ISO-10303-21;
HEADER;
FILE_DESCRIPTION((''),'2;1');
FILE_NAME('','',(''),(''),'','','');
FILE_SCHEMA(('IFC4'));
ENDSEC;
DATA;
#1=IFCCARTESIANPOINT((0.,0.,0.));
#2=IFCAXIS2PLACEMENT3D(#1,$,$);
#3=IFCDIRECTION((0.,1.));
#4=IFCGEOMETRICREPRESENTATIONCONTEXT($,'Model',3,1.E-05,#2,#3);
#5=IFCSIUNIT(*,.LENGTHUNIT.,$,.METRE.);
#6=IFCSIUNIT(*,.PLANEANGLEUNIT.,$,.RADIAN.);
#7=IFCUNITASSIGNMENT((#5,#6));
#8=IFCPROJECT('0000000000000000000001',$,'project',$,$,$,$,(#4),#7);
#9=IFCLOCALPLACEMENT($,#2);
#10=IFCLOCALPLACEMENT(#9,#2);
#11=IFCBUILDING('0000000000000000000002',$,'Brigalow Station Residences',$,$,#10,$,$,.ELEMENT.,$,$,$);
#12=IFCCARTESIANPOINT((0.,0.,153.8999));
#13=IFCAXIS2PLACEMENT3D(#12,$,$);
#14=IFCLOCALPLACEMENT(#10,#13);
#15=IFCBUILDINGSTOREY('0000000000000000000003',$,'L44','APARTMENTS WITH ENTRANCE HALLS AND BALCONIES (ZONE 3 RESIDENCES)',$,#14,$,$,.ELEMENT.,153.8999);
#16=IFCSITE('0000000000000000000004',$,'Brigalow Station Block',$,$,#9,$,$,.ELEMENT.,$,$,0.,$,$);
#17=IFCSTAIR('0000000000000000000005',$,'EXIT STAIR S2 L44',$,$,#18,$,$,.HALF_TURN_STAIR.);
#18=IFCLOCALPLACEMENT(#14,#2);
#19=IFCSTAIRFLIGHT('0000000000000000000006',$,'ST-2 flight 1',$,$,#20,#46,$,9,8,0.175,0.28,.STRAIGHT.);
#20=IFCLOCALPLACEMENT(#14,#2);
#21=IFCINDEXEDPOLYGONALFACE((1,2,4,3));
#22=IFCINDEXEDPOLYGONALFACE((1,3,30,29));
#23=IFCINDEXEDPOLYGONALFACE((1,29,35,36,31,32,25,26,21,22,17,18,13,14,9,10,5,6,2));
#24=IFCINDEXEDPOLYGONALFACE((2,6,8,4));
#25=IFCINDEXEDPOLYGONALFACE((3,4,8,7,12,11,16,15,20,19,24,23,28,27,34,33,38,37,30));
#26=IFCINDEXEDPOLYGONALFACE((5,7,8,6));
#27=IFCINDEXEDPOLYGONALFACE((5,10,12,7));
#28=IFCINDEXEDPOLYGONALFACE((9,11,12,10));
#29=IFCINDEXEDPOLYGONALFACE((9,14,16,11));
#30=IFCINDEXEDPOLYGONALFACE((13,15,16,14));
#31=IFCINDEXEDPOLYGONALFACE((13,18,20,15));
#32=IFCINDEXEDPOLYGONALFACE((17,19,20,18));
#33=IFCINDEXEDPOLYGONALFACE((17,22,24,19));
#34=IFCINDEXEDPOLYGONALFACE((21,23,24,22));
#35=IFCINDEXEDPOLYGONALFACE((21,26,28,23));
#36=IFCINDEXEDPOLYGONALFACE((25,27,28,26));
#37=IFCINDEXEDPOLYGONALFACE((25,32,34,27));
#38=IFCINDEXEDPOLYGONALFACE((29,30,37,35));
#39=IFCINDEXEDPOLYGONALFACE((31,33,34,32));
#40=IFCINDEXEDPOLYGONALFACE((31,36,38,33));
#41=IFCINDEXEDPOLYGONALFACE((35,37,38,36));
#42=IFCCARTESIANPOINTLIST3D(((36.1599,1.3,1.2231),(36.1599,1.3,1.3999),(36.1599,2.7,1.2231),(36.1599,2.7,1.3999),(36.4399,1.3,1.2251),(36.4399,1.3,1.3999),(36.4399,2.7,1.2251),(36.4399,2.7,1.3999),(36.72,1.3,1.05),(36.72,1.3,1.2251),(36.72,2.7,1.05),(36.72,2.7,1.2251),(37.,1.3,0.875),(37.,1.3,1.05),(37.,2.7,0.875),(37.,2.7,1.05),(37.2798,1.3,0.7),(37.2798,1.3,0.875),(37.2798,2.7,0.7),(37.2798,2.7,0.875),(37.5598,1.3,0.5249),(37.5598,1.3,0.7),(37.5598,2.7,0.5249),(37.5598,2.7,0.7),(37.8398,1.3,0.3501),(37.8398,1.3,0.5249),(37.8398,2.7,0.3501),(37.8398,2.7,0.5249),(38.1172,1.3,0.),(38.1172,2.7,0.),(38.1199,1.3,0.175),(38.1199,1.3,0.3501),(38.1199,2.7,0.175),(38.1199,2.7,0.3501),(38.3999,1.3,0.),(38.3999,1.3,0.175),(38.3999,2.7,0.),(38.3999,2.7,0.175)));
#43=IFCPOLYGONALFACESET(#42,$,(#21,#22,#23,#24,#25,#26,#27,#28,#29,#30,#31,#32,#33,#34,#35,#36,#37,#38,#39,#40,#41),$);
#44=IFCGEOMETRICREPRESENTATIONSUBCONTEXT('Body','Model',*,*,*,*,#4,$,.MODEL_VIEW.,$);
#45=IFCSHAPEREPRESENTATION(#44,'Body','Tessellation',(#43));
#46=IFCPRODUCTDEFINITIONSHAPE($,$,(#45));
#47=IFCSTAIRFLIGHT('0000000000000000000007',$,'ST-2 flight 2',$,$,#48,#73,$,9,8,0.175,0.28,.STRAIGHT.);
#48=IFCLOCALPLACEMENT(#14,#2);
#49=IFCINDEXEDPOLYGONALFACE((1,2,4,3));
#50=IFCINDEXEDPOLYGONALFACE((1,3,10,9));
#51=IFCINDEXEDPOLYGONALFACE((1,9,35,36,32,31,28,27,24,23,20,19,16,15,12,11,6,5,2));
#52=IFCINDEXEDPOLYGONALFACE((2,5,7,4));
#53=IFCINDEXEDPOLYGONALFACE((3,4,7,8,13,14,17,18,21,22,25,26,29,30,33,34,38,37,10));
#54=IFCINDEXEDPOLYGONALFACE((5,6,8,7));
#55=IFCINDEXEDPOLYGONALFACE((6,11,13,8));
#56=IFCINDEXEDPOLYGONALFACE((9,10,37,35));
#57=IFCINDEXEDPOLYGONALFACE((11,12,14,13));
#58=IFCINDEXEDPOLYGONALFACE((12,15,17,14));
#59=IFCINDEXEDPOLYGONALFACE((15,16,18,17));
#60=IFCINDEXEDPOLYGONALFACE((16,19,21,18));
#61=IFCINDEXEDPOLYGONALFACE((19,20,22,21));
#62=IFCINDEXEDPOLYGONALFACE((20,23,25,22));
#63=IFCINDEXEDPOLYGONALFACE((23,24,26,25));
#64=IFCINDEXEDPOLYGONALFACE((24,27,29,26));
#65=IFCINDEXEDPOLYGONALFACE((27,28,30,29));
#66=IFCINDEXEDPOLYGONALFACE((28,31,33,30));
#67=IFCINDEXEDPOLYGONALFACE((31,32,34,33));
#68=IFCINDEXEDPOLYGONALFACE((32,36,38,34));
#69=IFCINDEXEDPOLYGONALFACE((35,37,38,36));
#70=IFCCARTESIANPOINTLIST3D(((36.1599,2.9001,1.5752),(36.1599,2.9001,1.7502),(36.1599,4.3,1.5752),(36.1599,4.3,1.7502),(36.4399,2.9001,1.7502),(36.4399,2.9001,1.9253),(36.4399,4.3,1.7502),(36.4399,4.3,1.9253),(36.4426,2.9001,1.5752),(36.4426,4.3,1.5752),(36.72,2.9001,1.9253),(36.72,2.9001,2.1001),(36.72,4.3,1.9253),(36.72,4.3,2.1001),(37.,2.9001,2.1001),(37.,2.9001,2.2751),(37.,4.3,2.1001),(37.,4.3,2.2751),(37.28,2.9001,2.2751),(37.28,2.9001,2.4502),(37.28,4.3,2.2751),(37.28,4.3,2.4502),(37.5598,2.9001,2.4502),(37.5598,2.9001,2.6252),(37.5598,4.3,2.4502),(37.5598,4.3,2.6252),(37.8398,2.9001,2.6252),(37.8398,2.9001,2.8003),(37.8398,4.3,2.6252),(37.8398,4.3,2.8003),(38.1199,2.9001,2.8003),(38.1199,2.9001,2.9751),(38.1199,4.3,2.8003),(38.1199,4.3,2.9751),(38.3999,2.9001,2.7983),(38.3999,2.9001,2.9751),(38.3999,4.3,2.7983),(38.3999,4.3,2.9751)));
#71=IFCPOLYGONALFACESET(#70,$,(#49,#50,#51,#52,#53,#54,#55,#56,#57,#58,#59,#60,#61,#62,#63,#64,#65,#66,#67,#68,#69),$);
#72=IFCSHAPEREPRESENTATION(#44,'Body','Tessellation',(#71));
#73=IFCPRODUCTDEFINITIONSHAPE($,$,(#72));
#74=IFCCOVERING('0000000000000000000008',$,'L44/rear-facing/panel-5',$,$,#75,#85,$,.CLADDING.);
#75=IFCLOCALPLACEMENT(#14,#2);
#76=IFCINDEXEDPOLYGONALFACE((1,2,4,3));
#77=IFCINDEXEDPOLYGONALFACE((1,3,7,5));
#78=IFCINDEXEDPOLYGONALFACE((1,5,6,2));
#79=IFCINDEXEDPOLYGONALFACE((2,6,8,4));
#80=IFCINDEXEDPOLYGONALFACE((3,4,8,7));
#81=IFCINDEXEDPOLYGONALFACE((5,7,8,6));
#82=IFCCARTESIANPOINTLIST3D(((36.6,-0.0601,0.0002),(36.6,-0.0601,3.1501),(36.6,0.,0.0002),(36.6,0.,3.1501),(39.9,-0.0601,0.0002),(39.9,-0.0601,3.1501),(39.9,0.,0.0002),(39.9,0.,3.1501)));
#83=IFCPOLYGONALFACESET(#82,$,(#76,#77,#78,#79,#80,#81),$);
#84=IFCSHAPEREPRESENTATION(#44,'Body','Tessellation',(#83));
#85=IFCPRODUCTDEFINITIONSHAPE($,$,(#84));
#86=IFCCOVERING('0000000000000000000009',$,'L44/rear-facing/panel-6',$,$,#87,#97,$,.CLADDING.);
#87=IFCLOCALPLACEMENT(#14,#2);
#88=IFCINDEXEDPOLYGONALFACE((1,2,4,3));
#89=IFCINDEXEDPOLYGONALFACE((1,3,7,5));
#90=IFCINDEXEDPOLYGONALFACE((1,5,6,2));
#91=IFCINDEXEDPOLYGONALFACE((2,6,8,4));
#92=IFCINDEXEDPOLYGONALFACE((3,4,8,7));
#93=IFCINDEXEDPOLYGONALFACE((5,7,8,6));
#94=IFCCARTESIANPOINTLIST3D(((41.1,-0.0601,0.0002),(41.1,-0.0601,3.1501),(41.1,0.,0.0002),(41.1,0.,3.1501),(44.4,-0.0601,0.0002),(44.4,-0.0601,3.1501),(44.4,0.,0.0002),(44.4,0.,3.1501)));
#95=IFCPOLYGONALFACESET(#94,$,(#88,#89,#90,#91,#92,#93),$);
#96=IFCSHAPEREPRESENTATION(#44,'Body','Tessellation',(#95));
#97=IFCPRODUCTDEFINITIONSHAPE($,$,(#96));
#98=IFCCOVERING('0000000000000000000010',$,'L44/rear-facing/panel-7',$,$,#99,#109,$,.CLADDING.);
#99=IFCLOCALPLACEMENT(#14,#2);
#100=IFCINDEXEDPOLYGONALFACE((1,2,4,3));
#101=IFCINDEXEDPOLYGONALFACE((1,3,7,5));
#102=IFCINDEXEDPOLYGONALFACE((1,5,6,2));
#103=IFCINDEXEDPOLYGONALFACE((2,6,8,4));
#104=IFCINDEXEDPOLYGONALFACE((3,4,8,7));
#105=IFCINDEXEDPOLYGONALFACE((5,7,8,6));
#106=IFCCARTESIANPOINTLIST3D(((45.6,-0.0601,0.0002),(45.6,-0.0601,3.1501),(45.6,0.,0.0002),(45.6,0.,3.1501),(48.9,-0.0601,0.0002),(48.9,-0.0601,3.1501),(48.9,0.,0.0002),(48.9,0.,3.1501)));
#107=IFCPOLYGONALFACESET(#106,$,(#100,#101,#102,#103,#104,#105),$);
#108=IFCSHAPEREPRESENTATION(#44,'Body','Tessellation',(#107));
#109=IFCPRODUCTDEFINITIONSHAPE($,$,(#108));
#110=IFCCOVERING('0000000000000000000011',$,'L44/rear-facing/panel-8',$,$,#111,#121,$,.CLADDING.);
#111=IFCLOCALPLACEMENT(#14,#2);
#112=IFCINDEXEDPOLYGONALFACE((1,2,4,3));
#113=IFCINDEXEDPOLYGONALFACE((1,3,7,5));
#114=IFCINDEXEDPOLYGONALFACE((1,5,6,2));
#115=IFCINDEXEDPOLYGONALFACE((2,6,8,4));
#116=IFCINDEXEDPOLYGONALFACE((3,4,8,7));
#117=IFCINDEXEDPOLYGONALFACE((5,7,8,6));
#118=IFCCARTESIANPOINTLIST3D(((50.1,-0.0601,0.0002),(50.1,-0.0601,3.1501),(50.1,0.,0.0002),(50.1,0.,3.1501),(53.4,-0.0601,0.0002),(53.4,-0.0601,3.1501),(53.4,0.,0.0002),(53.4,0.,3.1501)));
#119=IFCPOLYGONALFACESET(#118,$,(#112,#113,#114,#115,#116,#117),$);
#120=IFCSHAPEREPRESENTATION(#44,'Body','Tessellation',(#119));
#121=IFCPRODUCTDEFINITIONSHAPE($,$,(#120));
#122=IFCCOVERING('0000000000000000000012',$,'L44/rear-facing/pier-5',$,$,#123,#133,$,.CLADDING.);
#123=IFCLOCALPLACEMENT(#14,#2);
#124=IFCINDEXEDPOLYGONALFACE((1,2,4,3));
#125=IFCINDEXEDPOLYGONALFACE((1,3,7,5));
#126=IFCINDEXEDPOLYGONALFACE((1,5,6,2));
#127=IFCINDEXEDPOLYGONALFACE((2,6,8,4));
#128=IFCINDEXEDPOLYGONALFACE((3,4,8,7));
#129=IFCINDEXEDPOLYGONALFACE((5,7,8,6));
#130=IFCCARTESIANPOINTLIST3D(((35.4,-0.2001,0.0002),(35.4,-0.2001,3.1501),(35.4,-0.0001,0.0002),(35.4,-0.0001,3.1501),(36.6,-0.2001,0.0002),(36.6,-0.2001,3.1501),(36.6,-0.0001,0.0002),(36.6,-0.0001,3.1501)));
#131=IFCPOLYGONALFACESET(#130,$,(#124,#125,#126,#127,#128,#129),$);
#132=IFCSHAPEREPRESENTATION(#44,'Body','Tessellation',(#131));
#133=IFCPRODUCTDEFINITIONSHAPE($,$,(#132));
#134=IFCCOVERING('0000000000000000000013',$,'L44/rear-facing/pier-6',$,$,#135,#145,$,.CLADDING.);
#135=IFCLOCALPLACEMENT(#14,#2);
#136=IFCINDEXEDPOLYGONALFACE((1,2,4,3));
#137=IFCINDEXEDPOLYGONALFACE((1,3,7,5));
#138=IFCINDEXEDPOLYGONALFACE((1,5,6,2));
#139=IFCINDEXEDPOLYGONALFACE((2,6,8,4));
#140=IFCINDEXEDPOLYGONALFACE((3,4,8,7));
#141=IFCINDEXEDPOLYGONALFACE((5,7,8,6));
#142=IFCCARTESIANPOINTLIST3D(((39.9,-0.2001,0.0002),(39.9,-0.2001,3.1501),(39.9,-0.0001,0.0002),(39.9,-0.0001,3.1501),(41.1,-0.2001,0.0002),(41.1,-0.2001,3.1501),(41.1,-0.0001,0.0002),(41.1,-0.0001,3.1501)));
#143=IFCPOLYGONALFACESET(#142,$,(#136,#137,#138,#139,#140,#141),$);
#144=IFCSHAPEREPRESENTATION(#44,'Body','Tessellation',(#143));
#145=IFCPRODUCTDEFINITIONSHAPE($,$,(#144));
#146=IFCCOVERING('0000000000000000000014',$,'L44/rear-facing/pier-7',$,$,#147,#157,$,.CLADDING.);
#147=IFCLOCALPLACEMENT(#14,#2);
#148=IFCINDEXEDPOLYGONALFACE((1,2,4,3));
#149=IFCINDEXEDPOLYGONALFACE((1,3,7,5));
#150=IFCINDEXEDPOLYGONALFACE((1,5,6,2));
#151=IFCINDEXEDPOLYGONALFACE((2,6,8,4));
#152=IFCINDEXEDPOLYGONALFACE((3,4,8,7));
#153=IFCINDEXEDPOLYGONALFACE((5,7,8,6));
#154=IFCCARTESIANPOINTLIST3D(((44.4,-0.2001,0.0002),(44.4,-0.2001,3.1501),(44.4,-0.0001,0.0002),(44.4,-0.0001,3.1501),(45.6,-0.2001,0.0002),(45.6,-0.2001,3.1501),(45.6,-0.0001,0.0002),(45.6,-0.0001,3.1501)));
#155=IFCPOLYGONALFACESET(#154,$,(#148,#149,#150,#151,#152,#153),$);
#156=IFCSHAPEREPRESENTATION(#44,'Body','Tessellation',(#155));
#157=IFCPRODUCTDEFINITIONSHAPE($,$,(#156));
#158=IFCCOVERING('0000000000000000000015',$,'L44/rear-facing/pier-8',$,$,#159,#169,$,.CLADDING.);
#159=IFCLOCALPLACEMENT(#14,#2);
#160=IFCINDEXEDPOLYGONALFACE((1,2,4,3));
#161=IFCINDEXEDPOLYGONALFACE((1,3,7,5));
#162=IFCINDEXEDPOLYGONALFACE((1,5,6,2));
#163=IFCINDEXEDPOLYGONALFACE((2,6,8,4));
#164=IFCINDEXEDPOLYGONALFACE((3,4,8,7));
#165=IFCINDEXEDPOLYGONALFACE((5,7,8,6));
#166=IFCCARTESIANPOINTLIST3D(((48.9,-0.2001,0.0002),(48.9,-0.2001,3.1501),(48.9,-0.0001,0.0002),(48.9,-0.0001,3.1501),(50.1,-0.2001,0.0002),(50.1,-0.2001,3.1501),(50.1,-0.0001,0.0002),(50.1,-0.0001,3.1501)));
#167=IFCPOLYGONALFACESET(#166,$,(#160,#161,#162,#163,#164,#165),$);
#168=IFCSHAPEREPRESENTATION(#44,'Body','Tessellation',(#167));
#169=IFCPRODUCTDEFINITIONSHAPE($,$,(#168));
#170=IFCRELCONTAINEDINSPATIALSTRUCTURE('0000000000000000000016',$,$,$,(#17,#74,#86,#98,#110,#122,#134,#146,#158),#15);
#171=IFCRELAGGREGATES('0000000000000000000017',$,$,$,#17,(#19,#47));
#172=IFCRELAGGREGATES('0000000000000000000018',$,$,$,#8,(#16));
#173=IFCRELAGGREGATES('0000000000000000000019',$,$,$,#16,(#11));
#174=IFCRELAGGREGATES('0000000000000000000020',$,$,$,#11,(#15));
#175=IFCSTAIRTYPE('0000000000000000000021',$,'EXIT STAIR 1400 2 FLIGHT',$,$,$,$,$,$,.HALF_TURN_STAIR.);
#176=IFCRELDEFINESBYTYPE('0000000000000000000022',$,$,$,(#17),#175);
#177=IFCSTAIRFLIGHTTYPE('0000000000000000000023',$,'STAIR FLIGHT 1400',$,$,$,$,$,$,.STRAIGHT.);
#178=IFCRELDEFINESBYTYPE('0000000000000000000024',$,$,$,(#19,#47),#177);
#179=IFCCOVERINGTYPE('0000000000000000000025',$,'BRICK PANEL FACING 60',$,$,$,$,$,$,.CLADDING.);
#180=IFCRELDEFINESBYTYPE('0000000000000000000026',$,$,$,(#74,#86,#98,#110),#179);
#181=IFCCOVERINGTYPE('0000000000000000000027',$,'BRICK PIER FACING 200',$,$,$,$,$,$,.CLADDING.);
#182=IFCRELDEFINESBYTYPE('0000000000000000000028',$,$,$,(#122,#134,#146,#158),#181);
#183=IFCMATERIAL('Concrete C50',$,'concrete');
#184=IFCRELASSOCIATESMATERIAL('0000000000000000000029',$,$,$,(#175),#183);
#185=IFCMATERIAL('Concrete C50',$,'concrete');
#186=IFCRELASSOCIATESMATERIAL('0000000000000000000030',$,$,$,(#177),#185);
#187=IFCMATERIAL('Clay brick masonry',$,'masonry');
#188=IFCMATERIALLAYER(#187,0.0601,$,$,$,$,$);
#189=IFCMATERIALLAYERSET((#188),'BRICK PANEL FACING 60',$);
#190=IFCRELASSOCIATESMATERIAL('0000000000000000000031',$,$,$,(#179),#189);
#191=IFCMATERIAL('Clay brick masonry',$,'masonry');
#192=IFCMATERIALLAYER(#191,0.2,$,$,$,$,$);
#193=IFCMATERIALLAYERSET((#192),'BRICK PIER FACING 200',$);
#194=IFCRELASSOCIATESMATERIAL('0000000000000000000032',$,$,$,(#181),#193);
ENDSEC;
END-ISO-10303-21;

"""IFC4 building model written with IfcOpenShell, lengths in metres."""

from ifc_helpers import new_model, si_unit, direction, frame, origin, origin_2d, place, context, subcontext, project, spatial, polyline, rectangle, outline, extrude, material, layer, layer_set, type_object, element, aggregate, save


model = new_model("IFC4")

# Units and contexts
model_context = context("Model", 3, precision=1e-05, world=origin(), true_north=direction((0.0, 1.0)))
body_context = subcontext(model_context, "Body", "Model", "MODEL_VIEW")
ifc_project = project(units=[si_unit("LENGTHUNIT", "METRE"), si_unit("PLANEANGLEUNIT", "RADIAN")], contexts=[model_context])

# Site, building, storey
site_placement = place(None, origin())
site = spatial("IfcSite", under=ifc_project, at=site_placement, Name="Brigalow Station Block", CompositionType="ELEMENT", RefElevation=0.0)
building_placement = place(site_placement, origin())
building = spatial("IfcBuilding", under=site, at=building_placement, Name="Brigalow Station Residences", CompositionType="ELEMENT")
storey_placement = place(building_placement, frame((0.0, 0.0, 153.8999)))
storey = spatial("IfcBuildingStorey", under=building, at=storey_placement, Name="L44", Description="APARTMENTS WITH ENTRANCE HALLS AND BALCONIES (ZONE 3 RESIDENCES)", CompositionType="ELEMENT", Elevation=153.8999)

# Stair, stair flights
ifc_material_1 = material(Name="Concrete C50", Category="concrete")
stair_type = type_object("IfcStairType", Name="EXIT STAIR 1400 2 FLIGHT", PredefinedType="HALF_TURN_STAIR", material=ifc_material_1)
stair_placement = place(storey_placement, origin())
stair = element("IfcStair", 1, at=stair_placement, inside=storey, type_object=stair_type, Name="EXIT STAIR S2 L44", PredefinedType="HALF_TURN_STAIR")
ifc_material_2 = material(Name="Concrete C50", Category="concrete")
stair_flight_type = type_object("IfcStairFlightType", Name="STAIR FLIGHT 1400", PredefinedType="STRAIGHT", material=ifc_material_2)
stair_flight_1_placement = place(storey_placement, frame((38.3999, 2.0, 0.0), z_axis=(0.0, 0.0, 1.0), x_axis=(-1.0, 0.0, 0.0)))
stair_flight_1 = element("IfcStairFlight", 2, at=stair_flight_1_placement, type_object=stair_flight_type, Name="ST-2 flight 1", NumberOfRisers=9, NumberOfTreads=8, PredefinedType="STRAIGHT", RiserHeight=0.175, TreadLength=0.28, context=body_context, shape_type="SweptSolid", body=[
    extrude(outline(polyline([(0.0, 0.0), (0.0, 0.175), (0.28, 0.175), (0.28, 0.3501), (0.5601, 0.3501), (0.5601, 0.5249), (0.8401, 0.5249), (0.8401, 0.7), (1.1201, 0.7), (1.1201, 0.875), (1.3999, 0.875), (1.3999, 1.05), (1.6799, 1.05), (1.6799, 1.2251), (1.96, 1.2251), (1.96, 1.3999), (2.24, 1.3999), (2.24, 1.575), (2.24, 1.2231), (0.2827, 0.0), (0.0, 0.0)])), frame((0.0, 0.7, 0.0), z_axis=(0.0, -1.0, 0.0), x_axis=(1.0, 0.0, 0.0)), (0.0, 0.0, 1.0), 1.3999),
])
stair_flight_2_placement = place(storey_placement, frame((36.1599, 3.6001, 1.5752), z_axis=(0.0, 0.0, 1.0), x_axis=(1.0, 0.0, 0.0)))
stair_flight_2 = element("IfcStairFlight", 3, at=stair_flight_2_placement, type_object=stair_flight_type, Name="ST-2 flight 2", NumberOfRisers=9, NumberOfTreads=8, PredefinedType="STRAIGHT", RiserHeight=0.175, TreadLength=0.28, context=body_context, shape_type="SweptSolid", body=[
    extrude(outline(polyline([(0.0, 0.0), (0.0, 0.175), (0.28, 0.175), (0.28, 0.3501), (0.5601, 0.3501), (0.5601, 0.5249), (0.8401, 0.5249), (0.8401, 0.7), (1.1201, 0.7), (1.1201, 0.875), (1.3999, 0.875), (1.3999, 1.05), (1.6799, 1.05), (1.6799, 1.2251), (1.96, 1.2251), (1.96, 1.3999), (2.24, 1.3999), (2.24, 1.575), (2.24, 1.2231), (0.2827, 0.0), (0.0, 0.0)])), frame((0.0, 0.7, 0.0), z_axis=(0.0, -1.0, 0.0), x_axis=(1.0, 0.0, 0.0)), (0.0, 0.0, 1.0), 1.3999),
])
aggregate(stair, [stair_flight_1, stair_flight_2])

# Coverings
ifc_material_3 = material(Name="Clay brick masonry", Category="masonry")
ifc_layer_1 = layer(ifc_material_3, 0.0601)
ifc_layer_set_1 = layer_set([ifc_layer_1], Name="BRICK PANEL FACING 60")
covering_type_1 = type_object("IfcCoveringType", Name="BRICK PANEL FACING 60", PredefinedType="CLADDING", material=ifc_layer_set_1)
for number, where, z_axis, x_axis, name in (
    (4, (38.25, -0.03, 0.0002), (0.0, 0.0, 1.0), (1.0, 0.0, 0.0), "L44/rear-facing/panel-5"),
    (5, (42.75, -0.03, 0.0002), (0.0, 0.0, 1.0), (1.0, 0.0, 0.0), "L44/rear-facing/panel-6"),
    (6, (47.25, -0.03, 0.0002), (0.0, 0.0, 1.0), (1.0, 0.0, 0.0), "L44/rear-facing/panel-7"),
    (7, (51.75, -0.03, 0.0002), (0.0, 0.0, 1.0), (1.0, 0.0, 0.0), "L44/rear-facing/panel-8"),
):
    element("IfcCovering", number, at=place(storey_placement, frame(where, z_axis=z_axis, x_axis=x_axis)), inside=storey, type_object=covering_type_1, Name=name, PredefinedType="CLADDING", context=body_context, shape_type="SweptSolid", body=[
        extrude(rectangle(XDim=3.3, YDim=0.0601, at=origin_2d()), origin(), (0.0, 0.0, 1.0), 3.1499),
    ])
ifc_material_4 = material(Name="Clay brick masonry", Category="masonry")
ifc_layer_2 = layer(ifc_material_4, 0.2)
ifc_layer_set_2 = layer_set([ifc_layer_2], Name="BRICK PIER FACING 200")
covering_type_2 = type_object("IfcCoveringType", Name="BRICK PIER FACING 200", PredefinedType="CLADDING", material=ifc_layer_set_2)
for number, where, z_axis, x_axis, name in (
    (8, (36.0, -0.1001, 0.0002), (0.0, 0.0, 1.0), (1.0, 0.0, 0.0), "L44/rear-facing/pier-5"),
    (9, (40.5, -0.1001, 0.0002), (0.0, 0.0, 1.0), (1.0, 0.0, 0.0), "L44/rear-facing/pier-6"),
    (10, (45.0, -0.1001, 0.0002), (0.0, 0.0, 1.0), (1.0, 0.0, 0.0), "L44/rear-facing/pier-7"),
    (11, (49.5, -0.1001, 0.0002), (0.0, 0.0, 1.0), (1.0, 0.0, 0.0), "L44/rear-facing/pier-8"),
):
    element("IfcCovering", number, at=place(storey_placement, frame(where, z_axis=z_axis, x_axis=x_axis)), inside=storey, type_object=covering_type_2, Name=name, PredefinedType="CLADDING", context=body_context, shape_type="SweptSolid", body=[
        extrude(rectangle(XDim=1.2, YDim=0.2, at=origin_2d()), origin(), (0.0, 0.0, 1.0), 3.1499),
    ])

save(model, "model.ifc")
